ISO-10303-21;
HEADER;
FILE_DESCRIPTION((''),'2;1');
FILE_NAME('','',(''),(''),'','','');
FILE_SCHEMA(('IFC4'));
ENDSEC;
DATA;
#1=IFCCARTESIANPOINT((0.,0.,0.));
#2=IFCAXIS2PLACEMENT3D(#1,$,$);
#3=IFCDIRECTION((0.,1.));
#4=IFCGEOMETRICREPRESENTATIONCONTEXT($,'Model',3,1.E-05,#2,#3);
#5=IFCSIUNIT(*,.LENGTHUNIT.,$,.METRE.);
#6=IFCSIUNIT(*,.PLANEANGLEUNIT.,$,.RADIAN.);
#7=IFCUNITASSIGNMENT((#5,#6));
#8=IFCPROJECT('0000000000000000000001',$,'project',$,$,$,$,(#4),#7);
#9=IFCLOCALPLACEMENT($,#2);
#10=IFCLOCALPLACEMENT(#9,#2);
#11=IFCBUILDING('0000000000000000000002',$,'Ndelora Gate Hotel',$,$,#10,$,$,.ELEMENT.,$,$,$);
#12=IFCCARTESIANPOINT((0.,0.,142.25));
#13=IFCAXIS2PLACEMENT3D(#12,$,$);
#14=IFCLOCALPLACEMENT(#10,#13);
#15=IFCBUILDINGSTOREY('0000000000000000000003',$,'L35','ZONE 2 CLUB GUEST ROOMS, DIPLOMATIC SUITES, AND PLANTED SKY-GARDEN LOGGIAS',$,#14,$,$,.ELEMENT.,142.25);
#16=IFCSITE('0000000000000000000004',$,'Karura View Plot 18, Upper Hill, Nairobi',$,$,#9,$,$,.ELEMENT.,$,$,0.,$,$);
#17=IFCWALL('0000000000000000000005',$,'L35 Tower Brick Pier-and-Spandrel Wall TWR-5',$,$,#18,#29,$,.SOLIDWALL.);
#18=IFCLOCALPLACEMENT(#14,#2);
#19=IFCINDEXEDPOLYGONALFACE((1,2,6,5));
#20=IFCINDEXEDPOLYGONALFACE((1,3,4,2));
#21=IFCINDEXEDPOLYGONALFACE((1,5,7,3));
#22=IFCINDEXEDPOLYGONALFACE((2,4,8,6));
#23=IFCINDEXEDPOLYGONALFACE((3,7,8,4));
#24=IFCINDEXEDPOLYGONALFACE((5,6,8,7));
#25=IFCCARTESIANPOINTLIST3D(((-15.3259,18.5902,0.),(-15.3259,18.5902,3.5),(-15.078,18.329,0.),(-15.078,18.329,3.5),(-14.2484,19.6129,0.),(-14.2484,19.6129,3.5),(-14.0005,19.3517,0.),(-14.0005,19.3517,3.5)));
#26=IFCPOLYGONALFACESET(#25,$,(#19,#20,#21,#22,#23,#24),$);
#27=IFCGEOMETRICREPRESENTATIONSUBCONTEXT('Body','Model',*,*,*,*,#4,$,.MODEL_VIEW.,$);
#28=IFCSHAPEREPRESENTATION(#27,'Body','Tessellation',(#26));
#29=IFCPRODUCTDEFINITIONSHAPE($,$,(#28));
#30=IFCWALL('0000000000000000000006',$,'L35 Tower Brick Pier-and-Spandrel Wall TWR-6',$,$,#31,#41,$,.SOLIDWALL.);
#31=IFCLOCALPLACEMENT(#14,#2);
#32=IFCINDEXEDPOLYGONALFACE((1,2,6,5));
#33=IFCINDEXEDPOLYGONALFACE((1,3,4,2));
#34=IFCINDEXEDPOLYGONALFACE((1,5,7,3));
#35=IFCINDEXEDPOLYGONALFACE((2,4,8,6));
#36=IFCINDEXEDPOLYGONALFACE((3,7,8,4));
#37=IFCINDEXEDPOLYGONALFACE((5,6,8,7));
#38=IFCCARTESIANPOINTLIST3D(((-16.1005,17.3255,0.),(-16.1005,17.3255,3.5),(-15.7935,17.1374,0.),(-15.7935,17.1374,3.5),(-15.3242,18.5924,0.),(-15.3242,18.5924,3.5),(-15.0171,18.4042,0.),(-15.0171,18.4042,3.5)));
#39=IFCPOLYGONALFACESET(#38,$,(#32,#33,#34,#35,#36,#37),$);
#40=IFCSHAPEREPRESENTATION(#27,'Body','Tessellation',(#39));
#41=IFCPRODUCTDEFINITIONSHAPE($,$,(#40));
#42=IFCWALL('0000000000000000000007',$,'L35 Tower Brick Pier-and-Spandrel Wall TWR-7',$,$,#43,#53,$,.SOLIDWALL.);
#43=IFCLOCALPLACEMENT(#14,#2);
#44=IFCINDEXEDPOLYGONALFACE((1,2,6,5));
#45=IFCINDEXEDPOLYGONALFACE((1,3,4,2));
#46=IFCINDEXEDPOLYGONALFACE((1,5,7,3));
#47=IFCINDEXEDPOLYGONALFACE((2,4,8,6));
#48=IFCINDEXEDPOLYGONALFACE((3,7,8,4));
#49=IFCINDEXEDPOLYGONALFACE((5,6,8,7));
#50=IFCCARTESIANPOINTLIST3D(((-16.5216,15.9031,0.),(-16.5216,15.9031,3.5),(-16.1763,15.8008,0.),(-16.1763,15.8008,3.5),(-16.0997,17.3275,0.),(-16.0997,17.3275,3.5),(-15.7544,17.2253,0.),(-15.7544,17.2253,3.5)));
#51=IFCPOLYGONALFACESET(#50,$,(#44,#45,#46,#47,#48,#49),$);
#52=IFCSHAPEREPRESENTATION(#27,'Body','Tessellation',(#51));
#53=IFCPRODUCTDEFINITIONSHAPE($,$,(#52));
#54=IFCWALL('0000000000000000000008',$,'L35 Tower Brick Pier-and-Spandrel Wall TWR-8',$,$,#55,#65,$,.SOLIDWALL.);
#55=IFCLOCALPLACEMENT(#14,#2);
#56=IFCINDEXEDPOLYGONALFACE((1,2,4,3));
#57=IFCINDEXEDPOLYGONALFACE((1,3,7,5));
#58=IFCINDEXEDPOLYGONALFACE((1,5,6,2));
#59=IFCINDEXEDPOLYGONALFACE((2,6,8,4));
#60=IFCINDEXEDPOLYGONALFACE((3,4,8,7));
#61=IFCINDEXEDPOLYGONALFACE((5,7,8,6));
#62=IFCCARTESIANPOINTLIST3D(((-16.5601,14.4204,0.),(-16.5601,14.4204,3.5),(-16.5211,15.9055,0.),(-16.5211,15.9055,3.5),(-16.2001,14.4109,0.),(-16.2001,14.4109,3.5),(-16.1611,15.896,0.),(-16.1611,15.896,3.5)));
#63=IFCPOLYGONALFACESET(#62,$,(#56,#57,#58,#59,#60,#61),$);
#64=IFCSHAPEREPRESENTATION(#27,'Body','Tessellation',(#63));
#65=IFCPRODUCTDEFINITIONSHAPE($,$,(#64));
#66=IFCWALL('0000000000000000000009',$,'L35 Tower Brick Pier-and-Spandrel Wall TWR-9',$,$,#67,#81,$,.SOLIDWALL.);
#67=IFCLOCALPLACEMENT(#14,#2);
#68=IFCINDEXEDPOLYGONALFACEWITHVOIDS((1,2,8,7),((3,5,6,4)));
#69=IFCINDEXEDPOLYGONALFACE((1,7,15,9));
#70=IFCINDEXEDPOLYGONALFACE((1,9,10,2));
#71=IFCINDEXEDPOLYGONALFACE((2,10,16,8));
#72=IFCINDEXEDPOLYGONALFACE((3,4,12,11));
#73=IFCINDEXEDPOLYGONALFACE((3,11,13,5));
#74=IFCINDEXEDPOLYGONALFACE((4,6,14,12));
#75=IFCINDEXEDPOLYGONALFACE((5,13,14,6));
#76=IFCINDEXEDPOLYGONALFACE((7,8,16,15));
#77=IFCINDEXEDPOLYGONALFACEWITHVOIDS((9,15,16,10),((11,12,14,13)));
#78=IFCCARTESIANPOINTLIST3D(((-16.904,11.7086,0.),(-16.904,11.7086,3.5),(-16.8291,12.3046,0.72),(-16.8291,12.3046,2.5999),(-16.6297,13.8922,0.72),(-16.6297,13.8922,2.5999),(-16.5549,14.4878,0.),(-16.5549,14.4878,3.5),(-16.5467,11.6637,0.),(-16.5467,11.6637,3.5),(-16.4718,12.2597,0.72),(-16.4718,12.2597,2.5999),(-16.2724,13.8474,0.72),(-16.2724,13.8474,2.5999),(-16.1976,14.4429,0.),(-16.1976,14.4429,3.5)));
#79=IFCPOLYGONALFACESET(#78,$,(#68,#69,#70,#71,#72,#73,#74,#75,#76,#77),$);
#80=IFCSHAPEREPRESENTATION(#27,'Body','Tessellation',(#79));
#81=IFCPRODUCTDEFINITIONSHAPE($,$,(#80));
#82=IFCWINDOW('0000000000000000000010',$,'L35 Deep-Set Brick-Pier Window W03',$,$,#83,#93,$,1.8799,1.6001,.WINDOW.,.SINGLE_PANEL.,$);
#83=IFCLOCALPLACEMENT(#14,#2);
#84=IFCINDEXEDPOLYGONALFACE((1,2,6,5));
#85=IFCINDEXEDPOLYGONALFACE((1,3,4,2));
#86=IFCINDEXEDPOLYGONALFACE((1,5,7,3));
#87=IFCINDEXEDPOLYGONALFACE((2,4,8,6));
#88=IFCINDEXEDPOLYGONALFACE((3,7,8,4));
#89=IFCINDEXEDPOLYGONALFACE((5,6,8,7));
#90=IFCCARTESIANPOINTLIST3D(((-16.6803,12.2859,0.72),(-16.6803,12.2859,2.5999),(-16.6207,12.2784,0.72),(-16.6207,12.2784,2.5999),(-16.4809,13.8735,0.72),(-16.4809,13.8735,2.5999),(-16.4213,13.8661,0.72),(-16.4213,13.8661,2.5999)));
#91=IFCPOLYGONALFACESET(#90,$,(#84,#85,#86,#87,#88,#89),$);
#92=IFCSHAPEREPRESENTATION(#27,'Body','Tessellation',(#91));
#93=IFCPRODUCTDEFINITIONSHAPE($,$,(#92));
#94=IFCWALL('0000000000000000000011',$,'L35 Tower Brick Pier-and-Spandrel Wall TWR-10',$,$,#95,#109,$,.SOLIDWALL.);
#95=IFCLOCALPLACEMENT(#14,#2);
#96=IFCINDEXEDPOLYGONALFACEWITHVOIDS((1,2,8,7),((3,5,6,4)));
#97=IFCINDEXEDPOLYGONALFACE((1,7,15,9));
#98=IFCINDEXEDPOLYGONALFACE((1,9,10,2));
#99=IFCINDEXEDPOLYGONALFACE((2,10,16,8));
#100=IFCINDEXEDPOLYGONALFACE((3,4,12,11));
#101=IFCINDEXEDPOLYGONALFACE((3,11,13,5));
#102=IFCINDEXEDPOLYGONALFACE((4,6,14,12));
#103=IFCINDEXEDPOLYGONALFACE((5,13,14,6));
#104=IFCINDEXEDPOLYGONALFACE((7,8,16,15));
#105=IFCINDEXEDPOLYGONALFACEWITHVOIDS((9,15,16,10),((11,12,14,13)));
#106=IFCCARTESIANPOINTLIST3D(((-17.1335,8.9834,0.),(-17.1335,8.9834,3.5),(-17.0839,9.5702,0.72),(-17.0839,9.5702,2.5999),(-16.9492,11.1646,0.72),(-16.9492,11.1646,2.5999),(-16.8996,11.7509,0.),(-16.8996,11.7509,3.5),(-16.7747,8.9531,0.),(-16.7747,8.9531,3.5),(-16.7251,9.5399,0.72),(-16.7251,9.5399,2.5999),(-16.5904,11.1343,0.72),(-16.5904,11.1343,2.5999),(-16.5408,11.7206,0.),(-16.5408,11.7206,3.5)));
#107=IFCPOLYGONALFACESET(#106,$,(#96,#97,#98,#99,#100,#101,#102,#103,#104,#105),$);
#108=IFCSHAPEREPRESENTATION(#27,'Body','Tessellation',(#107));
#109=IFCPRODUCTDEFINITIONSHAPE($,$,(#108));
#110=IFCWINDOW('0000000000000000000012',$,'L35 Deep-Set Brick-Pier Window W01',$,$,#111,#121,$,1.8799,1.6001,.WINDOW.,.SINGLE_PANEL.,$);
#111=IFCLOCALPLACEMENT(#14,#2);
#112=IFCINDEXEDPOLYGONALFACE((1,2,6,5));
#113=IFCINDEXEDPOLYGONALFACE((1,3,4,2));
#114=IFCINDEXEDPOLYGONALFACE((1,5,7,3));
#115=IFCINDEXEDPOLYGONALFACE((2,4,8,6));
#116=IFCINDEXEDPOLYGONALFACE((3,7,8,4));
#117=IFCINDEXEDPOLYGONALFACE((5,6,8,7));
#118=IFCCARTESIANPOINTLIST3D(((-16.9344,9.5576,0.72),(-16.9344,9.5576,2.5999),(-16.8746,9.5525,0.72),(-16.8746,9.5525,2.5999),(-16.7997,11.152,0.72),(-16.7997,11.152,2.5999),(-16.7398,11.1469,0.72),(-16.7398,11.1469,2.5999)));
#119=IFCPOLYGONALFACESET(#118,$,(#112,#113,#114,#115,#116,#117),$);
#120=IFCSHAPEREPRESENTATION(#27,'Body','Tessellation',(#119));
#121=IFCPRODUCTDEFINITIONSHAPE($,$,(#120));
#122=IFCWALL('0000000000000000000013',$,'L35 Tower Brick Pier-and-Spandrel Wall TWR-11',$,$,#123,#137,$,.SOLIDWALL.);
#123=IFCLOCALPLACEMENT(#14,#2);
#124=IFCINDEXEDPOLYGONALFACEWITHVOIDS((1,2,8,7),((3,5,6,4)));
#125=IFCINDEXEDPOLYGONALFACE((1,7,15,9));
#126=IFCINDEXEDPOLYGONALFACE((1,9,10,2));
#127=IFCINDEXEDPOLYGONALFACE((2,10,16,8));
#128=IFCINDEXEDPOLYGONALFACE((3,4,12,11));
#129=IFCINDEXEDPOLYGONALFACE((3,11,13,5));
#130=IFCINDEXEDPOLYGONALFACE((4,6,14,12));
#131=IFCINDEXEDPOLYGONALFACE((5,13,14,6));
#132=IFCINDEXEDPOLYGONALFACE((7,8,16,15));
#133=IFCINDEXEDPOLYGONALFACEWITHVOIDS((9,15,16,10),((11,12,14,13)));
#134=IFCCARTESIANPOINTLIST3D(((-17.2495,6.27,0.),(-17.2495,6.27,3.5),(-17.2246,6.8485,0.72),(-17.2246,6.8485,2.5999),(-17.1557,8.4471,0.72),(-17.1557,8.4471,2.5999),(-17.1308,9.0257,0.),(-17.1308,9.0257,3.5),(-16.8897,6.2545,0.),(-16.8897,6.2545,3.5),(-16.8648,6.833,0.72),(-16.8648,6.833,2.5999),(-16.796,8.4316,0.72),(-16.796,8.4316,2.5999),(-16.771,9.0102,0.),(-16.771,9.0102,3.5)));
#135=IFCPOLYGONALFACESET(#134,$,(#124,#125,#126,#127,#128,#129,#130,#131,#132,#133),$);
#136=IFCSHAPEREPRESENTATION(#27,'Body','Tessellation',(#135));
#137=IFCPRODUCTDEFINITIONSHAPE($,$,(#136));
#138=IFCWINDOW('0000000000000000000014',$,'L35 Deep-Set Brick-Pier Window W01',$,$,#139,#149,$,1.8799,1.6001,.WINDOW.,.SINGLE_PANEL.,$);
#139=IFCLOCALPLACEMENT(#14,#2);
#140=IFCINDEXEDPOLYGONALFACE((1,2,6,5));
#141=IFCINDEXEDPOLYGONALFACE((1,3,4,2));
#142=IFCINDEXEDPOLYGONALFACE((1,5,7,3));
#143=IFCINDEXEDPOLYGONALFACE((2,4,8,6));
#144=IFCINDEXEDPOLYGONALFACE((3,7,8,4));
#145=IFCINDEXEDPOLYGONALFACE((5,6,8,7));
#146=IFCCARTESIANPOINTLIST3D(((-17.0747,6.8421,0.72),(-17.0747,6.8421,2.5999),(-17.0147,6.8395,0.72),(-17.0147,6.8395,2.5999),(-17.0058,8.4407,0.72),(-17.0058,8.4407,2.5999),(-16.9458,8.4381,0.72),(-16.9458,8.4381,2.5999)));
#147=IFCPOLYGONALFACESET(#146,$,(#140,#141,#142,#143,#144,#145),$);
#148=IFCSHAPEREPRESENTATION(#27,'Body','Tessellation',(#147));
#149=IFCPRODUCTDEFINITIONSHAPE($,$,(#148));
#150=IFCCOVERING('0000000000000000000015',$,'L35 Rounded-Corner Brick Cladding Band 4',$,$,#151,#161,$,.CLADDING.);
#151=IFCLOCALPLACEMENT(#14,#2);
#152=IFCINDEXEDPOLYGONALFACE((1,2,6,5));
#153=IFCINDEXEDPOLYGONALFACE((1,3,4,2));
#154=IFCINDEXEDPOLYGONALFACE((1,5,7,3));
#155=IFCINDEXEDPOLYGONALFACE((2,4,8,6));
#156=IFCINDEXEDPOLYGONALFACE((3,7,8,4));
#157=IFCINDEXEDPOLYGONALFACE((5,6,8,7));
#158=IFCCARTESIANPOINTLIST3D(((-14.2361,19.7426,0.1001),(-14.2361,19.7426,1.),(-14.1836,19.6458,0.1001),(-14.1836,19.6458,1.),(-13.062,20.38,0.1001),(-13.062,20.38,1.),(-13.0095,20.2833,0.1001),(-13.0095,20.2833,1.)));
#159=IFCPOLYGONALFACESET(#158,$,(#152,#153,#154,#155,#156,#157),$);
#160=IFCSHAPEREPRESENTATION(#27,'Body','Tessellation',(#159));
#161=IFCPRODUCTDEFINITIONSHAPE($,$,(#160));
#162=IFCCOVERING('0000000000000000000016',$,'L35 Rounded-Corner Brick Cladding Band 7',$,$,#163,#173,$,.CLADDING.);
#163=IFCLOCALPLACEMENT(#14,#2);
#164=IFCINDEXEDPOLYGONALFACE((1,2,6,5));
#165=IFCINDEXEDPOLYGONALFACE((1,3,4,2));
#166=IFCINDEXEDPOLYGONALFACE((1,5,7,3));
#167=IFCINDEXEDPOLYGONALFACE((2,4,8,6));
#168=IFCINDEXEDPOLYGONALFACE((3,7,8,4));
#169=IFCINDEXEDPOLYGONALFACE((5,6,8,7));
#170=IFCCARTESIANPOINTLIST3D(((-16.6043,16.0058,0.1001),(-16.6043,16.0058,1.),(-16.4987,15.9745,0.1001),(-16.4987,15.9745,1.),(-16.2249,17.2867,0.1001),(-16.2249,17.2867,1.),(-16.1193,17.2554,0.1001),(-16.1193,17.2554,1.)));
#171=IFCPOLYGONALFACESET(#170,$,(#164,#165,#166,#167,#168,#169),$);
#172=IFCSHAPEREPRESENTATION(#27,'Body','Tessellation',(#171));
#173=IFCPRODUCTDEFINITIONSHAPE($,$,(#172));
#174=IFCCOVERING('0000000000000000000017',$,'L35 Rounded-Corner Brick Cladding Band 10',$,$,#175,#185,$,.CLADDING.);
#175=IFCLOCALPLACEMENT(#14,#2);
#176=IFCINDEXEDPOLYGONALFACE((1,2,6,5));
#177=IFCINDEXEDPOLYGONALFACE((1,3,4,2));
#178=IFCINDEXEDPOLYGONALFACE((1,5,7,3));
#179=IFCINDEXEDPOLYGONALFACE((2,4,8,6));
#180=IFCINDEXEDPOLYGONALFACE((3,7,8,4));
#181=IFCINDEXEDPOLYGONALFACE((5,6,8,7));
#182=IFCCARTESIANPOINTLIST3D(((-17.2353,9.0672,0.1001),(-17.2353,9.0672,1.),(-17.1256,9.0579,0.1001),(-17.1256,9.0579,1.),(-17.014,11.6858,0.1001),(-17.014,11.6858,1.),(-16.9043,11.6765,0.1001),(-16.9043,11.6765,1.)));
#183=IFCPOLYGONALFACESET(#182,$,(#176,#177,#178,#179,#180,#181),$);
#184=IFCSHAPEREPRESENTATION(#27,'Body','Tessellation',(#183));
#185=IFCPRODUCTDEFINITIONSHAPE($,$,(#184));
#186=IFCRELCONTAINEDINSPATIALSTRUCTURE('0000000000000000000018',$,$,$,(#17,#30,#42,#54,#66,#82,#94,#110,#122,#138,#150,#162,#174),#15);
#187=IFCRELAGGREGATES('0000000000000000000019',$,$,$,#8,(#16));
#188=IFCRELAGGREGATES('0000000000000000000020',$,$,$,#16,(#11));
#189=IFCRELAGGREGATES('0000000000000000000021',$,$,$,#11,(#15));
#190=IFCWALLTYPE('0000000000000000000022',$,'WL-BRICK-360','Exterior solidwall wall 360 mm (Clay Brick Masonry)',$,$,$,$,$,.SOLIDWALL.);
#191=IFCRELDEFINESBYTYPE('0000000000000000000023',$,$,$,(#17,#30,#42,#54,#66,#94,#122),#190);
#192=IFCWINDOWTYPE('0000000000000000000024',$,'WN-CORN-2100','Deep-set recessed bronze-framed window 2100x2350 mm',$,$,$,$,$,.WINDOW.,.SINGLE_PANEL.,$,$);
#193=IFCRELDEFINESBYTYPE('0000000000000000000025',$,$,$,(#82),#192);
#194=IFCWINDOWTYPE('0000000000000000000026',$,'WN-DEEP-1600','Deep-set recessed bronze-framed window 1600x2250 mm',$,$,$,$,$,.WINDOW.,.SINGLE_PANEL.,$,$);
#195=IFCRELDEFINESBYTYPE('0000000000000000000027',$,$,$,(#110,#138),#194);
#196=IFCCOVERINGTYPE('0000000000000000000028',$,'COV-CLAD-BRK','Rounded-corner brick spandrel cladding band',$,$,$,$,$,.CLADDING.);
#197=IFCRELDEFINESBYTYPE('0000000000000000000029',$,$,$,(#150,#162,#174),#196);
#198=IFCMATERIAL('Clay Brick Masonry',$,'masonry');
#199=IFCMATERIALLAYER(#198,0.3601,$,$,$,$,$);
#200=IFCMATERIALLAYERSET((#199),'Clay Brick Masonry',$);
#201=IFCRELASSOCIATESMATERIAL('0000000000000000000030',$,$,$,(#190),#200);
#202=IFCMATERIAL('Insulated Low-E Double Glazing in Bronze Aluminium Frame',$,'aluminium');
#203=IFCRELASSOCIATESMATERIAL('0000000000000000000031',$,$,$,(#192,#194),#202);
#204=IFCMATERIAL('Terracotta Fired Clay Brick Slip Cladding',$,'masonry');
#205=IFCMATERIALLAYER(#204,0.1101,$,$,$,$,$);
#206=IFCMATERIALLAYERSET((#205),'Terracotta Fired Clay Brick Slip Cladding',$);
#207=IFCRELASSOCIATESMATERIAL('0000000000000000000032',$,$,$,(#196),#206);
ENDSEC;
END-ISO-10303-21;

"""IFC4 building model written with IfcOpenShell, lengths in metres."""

from ifc_helpers import new_model, si_unit, direction, frame, frame_2d, origin, origin_2d, place, context, subcontext, project, spatial, rectangle, extrude, material, layer, layer_set, type_object, element, fill, save


model = new_model("IFC4")

# Units and contexts
model_context = context("Model", 3, precision=1e-05, world=origin(), true_north=direction((0.0, 1.0)))
body_context = subcontext(model_context, "Body", "Model", "MODEL_VIEW")
ifc_project = project(units=[si_unit("LENGTHUNIT", "METRE"), si_unit("PLANEANGLEUNIT", "RADIAN")], contexts=[model_context])

# Site, building, storey
site_placement = place(None, origin())
site = spatial("IfcSite", under=ifc_project, at=site_placement, Name="Karura View Plot 18, Upper Hill, Nairobi", CompositionType="ELEMENT", RefElevation=0.0)
building_placement = place(site_placement, origin())
building = spatial("IfcBuilding", under=site, at=building_placement, Name="Ndelora Gate Hotel", CompositionType="ELEMENT")
storey_placement = place(building_placement, frame((0.0, 0.0, 142.25)))
storey = spatial("IfcBuildingStorey", under=building, at=storey_placement, Name="L35", Description="ZONE 2 CLUB GUEST ROOMS, DIPLOMATIC SUITES, AND PLANTED SKY-GARDEN LOGGIAS", CompositionType="ELEMENT", Elevation=142.25)

# Walls
ifc_material_1 = material(Name="Clay Brick Masonry", Category="masonry")
ifc_layer_1 = layer(ifc_material_1, 0.3601)
ifc_layer_set_1 = layer_set([ifc_layer_1], Name="Clay Brick Masonry")
wall_type = type_object("IfcWallType", Name="WL-BRICK-360", Description="Exterior solidwall wall 360 mm (Clay Brick Masonry)", PredefinedType="SOLIDWALL", material=ifc_layer_set_1)
wall_1_placement = place(storey_placement, frame((-15.2019, 18.4597, 0.0), z_axis=(0.0, 0.0, 1.0), x_axis=(0.725352, 0.688378, 0.0)))
element("IfcWall", 1, at=wall_1_placement, inside=storey, type_object=wall_type, Name="L35 Tower Brick Pier-and-Spandrel Wall TWR-5", PredefinedType="SOLIDWALL", context=body_context, shape_type="SweptSolid", body=[
    extrude(rectangle(XDim=1.4856, YDim=0.3601, at=frame_2d((0.7427, 0.0))), origin(), (0.0, 0.0, 1.0), 3.5),
])
wall_2_placement = place(storey_placement, frame((-15.947, 17.2314, 0.0), z_axis=(0.0, 0.0, 1.0), x_axis=(0.52252, 0.852627, 0.0)))
element("IfcWall", 2, at=wall_2_placement, inside=storey, type_object=wall_type, Name="L35 Tower Brick Pier-and-Spandrel Wall TWR-6", PredefinedType="SOLIDWALL", context=body_context, shape_type="SweptSolid", body=[
    extrude(rectangle(XDim=1.4858, YDim=0.3601, at=frame_2d((0.7429, 0.0))), origin(), (0.0, 0.0, 1.0), 3.5),
])
for number, where, z_axis, x_axis, name in (
    (3, (-16.3489, 15.8521, 0.0), (0.0, 0.0, 1.0), (0.283954, 0.958838, 0.0), "L35 Tower Brick Pier-and-Spandrel Wall TWR-7"),
    (4, (-16.3801, 14.4158, 0.0), (0.0, 0.0, 1.0), (0.026294, 0.999654, 0.0), "L35 Tower Brick Pier-and-Spandrel Wall TWR-8"),
):
    element("IfcWall", number, at=place(storey_placement, frame(where, z_axis=z_axis, x_axis=x_axis)), inside=storey, type_object=wall_type, Name=name, PredefinedType="SOLIDWALL", context=body_context, shape_type="SweptSolid", body=[
        extrude(rectangle(XDim=1.4856, YDim=0.3601, at=frame_2d((0.7427, 0.0))), origin(), (0.0, 0.0, 1.0), 3.5),
    ])

# Walls, openings, windows
wall_3_placement = place(storey_placement, frame((-16.7253, 11.6863, 0.0), z_axis=(0.0, 0.0, 1.0), x_axis=(0.124635, 0.992203, 0.0)))
wall_3 = element("IfcWall", 5, at=wall_3_placement, inside=storey, type_object=wall_type, Name="L35 Tower Brick Pier-and-Spandrel Wall TWR-9", PredefinedType="SOLIDWALL", context=body_context, shape_type="SweptSolid", body=[
    extrude(rectangle(XDim=2.801, YDim=0.3601, at=frame_2d((1.4004, 0.0))), origin(), (0.0, 0.0, 1.0), 3.5),
])
opening_1_placement = place(wall_3_placement, frame((0.6006, 0.0, 0.72)))
opening_1 = element("IfcOpeningElement", 6, at=opening_1_placement, cuts=wall_3, PredefinedType="OPENING", context=body_context, shape_type="SweptSolid", body=[
    extrude(rectangle(XDim=1.6001, YDim=1.8799, at=frame_2d((0.8, 0.9399))), frame((0.0, 0.1899, 0.0), z_axis=(0.0, -1.0, 0.0), x_axis=(1.0, 0.0, 0.0)), (0.0, 0.0, 1.0), 0.3801),
])
ifc_material_2 = material(Name="Insulated Low-E Double Glazing in Bronze Aluminium Frame", Category="aluminium")
window_type_1 = type_object("IfcWindowType", Name="WN-CORN-2100", Description="Deep-set recessed bronze-framed window 2100x2350 mm", PartitioningType="SINGLE_PANEL", PredefinedType="WINDOW", material=ifc_material_2)
window_1_placement = place(opening_1_placement, origin())
window_1 = element("IfcWindow", 7, at=window_1_placement, inside=storey, type_object=window_type_1, Name="L35 Deep-Set Brick-Pier Window W03", OverallHeight=1.8799, OverallWidth=1.6001, PartitioningType="SINGLE_PANEL", PredefinedType="WINDOW", context=body_context, shape_type="SweptSolid", body=[
    extrude(rectangle(XDim=1.6001, YDim=1.8799, at=frame_2d((0.8, 0.9399))), frame((0.0, 0.03, 0.0), z_axis=(0.0, -1.0, 0.0), x_axis=(1.0, 0.0, 0.0)), (0.0, 0.0, 1.0), 0.0601),
])
fill(opening_1, window_1)
wall_4_placement = place(storey_placement, frame((-16.9541, 8.9683, 0.0), z_axis=(0.0, 0.0, 1.0), x_axis=(0.084209, 0.996448, 0.0)))
wall_4 = element("IfcWall", 8, at=wall_4_placement, inside=storey, type_object=wall_type, Name="L35 Tower Brick Pier-and-Spandrel Wall TWR-10", PredefinedType="SOLIDWALL", context=body_context, shape_type="SweptSolid", body=[
    extrude(rectangle(XDim=2.7773, YDim=0.3601, at=frame_2d((1.3887, 0.0))), origin(), (0.0, 0.0, 1.0), 3.5),
])
opening_2_placement = place(wall_4_placement, frame((0.5889, 0.0, 0.72)))
opening_2 = element("IfcOpeningElement", 9, at=opening_2_placement, cuts=wall_4, PredefinedType="OPENING", context=body_context, shape_type="SweptSolid", body=[
    extrude(rectangle(XDim=1.6001, YDim=1.8799, at=frame_2d((0.8, 0.9399))), frame((0.0, 0.1899, 0.0), z_axis=(0.0, -1.0, 0.0), x_axis=(1.0, 0.0, 0.0)), (0.0, 0.0, 1.0), 0.3801),
])
window_type_2 = type_object("IfcWindowType", Name="WN-DEEP-1600", Description="Deep-set recessed bronze-framed window 1600x2250 mm", PartitioningType="SINGLE_PANEL", PredefinedType="WINDOW", material=ifc_material_2)
window_2_placement = place(opening_2_placement, origin())
window_2 = element("IfcWindow", 10, at=window_2_placement, inside=storey, type_object=window_type_2, Name="L35 Deep-Set Brick-Pier Window W01", OverallHeight=1.8799, OverallWidth=1.6001, PartitioningType="SINGLE_PANEL", PredefinedType="WINDOW", context=body_context, shape_type="SweptSolid", body=[
    extrude(rectangle(XDim=1.6001, YDim=1.8799, at=frame_2d((0.8, 0.9399))), frame((0.0, 0.03, 0.0), z_axis=(0.0, -1.0, 0.0), x_axis=(1.0, 0.0, 0.0)), (0.0, 0.0, 1.0), 0.0601),
])
fill(opening_2, window_2)
wall_5_placement = place(storey_placement, frame((-17.0696, 6.2622, 0.0), z_axis=(0.0, 0.0, 1.0), x_axis=(0.043015, 0.999074, 0.0)))
wall_5 = element("IfcWall", 11, at=wall_5_placement, inside=storey, type_object=wall_type, Name="L35 Tower Brick Pier-and-Spandrel Wall TWR-11", PredefinedType="SOLIDWALL", context=body_context, shape_type="SweptSolid", body=[
    extrude(rectangle(XDim=2.7583, YDim=0.3601, at=frame_2d((1.3792, 0.0))), origin(), (0.0, 0.0, 1.0), 3.5),
])
opening_3_placement = place(wall_5_placement, frame((0.5791, 0.0, 0.72)))
opening_3 = element("IfcOpeningElement", 12, at=opening_3_placement, cuts=wall_5, PredefinedType="OPENING", context=body_context, shape_type="SweptSolid", body=[
    extrude(rectangle(XDim=1.6001, YDim=1.8799, at=frame_2d((0.8, 0.9399))), frame((0.0, 0.1899, 0.0), z_axis=(0.0, -1.0, 0.0), x_axis=(1.0, 0.0, 0.0)), (0.0, 0.0, 1.0), 0.3801),
])
window_3_placement = place(opening_3_placement, origin())
window_3 = element("IfcWindow", 13, at=window_3_placement, inside=storey, type_object=window_type_2, Name="L35 Deep-Set Brick-Pier Window W01", OverallHeight=1.8799, OverallWidth=1.6001, PartitioningType="SINGLE_PANEL", PredefinedType="WINDOW", context=body_context, shape_type="SweptSolid", body=[
    extrude(rectangle(XDim=1.6001, YDim=1.8799, at=frame_2d((0.8, 0.9399))), frame((0.0, 0.03, 0.0), z_axis=(0.0, -1.0, 0.0), x_axis=(1.0, 0.0, 0.0)), (0.0, 0.0, 1.0), 0.0601),
])
fill(opening_3, window_3)

# Coverings
ifc_material_3 = material(Name="Terracotta Fired Clay Brick Slip Cladding", Category="masonry")
ifc_layer_2 = layer(ifc_material_3, 0.1101)
ifc_layer_set_2 = layer_set([ifc_layer_2], Name="Terracotta Fired Clay Brick Slip Cladding")
covering_type_1 = type_object("IfcCoveringType", Name="COV-CLAD-BRK", Description="Rounded-corner brick spandrel cladding band", PredefinedType="CLADDING", material=ifc_layer_set_2)
for number, where, z_axis, x_axis, name in (
    (14, (-13.6228, 20.0129, 0.1001), (0.0, 0.0, 1.0), (0.878817, 0.477159, 0.0), "L35 Rounded-Corner Brick Cladding Band 4"),
    (15, (-16.3618, 16.6306, 0.1001), (0.0, 0.0, 1.0), (0.284015, 0.95882, 0.0), "L35 Rounded-Corner Brick Cladding Band 7"),
):
    element("IfcCovering", number, at=place(storey_placement, frame(where, z_axis=z_axis, x_axis=x_axis)), inside=storey, type_object=covering_type_1, Name=name, PredefinedType="CLADDING", context=body_context, shape_type="SweptSolid", body=[
        extrude(rectangle(XDim=1.3359, YDim=0.1101, at=origin_2d()), origin(), (0.0, 0.0, 1.0), 0.8999),
    ])
covering_1_placement = place(storey_placement, frame((-17.0698, 10.3718, 0.1001), z_axis=(0.0, 0.0, 1.0), x_axis=(0.0842, 0.996449, 0.0)))
element("IfcCovering", 16, at=covering_1_placement, inside=storey, type_object=covering_type_1, Name="L35 Rounded-Corner Brick Cladding Band 10", PredefinedType="CLADDING", context=body_context, shape_type="SweptSolid", body=[
    extrude(rectangle(XDim=2.6279, YDim=0.1101, at=origin_2d()), origin(), (0.0, 0.0, 1.0), 0.8999),
])

save(model, "model.ifc")
